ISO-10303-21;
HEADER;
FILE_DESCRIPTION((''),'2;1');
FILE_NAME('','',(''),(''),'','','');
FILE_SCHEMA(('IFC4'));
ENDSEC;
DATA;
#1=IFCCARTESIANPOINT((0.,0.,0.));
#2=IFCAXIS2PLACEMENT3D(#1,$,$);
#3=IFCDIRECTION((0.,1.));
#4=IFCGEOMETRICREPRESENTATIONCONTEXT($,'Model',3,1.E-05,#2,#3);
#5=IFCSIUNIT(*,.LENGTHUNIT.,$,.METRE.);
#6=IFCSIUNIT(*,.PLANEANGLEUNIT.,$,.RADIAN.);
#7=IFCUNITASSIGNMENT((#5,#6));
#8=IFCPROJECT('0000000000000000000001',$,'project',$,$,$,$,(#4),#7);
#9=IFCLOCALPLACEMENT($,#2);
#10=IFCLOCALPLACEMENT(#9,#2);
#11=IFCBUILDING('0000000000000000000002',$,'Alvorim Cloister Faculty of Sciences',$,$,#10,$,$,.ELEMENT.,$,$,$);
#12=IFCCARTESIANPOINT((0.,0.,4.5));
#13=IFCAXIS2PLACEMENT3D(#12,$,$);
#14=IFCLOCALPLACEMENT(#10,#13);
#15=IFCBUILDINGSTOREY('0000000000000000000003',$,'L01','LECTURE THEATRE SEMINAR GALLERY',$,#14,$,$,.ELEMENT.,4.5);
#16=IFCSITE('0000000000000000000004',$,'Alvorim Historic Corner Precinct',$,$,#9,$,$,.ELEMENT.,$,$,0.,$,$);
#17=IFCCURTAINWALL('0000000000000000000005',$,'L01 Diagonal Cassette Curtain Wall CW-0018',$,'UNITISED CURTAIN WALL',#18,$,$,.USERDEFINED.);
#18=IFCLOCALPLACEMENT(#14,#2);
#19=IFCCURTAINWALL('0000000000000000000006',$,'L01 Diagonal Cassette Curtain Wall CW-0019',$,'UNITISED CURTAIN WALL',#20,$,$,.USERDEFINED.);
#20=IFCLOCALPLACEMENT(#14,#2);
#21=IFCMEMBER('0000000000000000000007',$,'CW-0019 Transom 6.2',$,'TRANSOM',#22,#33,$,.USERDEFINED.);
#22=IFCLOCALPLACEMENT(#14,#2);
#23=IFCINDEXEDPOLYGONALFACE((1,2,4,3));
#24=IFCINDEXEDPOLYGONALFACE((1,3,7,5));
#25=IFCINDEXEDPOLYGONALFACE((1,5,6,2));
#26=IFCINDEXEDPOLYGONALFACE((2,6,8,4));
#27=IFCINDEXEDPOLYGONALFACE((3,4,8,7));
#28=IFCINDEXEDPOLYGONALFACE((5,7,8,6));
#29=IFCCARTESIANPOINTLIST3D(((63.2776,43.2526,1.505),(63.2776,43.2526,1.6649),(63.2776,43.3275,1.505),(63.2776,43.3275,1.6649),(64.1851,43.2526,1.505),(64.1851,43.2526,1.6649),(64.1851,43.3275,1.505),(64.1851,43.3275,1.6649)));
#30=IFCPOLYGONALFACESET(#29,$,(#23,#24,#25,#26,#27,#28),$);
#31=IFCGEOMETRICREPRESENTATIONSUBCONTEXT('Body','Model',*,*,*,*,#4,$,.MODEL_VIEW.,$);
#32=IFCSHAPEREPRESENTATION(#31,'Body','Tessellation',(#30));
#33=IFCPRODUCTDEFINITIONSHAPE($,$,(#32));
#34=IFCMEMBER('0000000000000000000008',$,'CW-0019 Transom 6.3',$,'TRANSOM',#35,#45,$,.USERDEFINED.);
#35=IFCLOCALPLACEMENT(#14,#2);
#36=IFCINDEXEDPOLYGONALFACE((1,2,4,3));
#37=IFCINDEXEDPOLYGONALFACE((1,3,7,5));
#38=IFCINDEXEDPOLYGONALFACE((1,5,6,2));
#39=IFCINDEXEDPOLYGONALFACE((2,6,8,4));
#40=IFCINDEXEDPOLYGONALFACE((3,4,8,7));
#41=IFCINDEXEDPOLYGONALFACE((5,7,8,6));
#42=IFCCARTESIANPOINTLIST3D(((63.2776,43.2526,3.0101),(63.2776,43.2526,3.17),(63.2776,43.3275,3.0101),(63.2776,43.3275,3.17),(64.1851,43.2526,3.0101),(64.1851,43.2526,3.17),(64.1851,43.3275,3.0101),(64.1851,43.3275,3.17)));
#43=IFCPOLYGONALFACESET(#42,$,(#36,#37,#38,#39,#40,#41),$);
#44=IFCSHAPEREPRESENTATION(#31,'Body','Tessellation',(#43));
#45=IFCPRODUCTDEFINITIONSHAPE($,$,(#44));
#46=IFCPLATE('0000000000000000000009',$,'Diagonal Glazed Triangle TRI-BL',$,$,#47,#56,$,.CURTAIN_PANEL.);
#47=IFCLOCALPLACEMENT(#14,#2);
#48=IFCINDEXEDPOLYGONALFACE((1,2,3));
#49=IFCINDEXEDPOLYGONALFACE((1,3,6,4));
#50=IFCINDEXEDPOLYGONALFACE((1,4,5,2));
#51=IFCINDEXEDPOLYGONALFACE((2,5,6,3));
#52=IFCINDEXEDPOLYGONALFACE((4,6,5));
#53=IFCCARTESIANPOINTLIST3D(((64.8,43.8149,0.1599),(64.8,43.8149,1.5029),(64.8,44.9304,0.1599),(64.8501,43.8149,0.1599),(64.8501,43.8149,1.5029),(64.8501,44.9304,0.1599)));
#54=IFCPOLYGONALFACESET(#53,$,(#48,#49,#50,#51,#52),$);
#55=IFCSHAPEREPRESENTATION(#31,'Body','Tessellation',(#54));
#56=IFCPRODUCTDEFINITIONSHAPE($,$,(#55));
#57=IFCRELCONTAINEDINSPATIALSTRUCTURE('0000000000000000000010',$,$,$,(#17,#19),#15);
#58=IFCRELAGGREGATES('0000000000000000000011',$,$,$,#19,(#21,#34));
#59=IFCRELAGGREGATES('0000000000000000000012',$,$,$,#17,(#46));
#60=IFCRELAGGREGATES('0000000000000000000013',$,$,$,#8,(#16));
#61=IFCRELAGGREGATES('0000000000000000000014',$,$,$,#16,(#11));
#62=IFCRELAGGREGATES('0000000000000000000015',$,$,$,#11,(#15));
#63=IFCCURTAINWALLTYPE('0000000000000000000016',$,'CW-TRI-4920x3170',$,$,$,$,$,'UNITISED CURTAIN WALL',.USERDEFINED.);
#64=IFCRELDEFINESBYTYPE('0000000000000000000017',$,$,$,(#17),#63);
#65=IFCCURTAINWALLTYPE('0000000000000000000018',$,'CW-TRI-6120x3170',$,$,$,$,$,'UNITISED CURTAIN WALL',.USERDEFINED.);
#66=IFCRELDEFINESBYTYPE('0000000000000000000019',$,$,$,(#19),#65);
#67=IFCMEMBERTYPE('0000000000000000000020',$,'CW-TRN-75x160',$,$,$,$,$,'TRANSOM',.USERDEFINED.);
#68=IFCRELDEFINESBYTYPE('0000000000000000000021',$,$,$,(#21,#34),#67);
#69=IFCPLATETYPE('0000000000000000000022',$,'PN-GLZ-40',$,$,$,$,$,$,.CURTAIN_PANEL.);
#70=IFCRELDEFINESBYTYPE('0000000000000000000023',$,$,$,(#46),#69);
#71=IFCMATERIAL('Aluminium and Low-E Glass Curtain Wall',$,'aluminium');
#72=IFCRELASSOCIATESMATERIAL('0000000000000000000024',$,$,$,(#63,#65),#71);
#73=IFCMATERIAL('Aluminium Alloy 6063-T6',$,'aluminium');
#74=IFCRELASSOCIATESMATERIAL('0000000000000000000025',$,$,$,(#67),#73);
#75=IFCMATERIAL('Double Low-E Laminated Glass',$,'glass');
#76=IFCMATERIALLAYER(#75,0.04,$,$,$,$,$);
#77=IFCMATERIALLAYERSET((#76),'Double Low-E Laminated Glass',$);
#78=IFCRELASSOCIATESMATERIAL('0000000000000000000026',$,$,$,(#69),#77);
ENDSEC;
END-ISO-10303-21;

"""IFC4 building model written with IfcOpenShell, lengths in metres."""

from ifc_helpers import new_model, si_unit, direction, frame, origin, origin_2d, place, context, subcontext, project, spatial, polyline, rectangle, outline, extrude, material, layer, layer_set, material_profile, profile_set, type_object, element, aggregate, save


model = new_model("IFC4")

# Units and contexts
model_context = context("Model", 3, precision=1e-05, world=origin(), true_north=direction((0.0, 1.0)))
body_context = subcontext(model_context, "Body", "Model", "MODEL_VIEW")
ifc_project = project(units=[si_unit("LENGTHUNIT", "METRE"), si_unit("PLANEANGLEUNIT", "RADIAN")], contexts=[model_context])

# Site, building, storey
site_placement = place(None, origin())
site = spatial("IfcSite", under=ifc_project, at=site_placement, Name="Alvorim Historic Corner Precinct", CompositionType="ELEMENT", RefElevation=0.0)
building_placement = place(site_placement, origin())
building = spatial("IfcBuilding", under=site, at=building_placement, Name="Alvorim Cloister Faculty of Sciences", CompositionType="ELEMENT")
storey_placement = place(building_placement, frame((0.0, 0.0, 4.5)))
storey = spatial("IfcBuildingStorey", under=building, at=storey_placement, Name="L01", Description="LECTURE THEATRE SEMINAR GALLERY", CompositionType="ELEMENT", Elevation=4.5)

# Curtain walls
ifc_material_1 = material(Name="Aluminium and Low-E Glass Curtain Wall", Category="aluminium")
curtain_wall_type_1 = type_object("IfcCurtainWallType", Name="CW-TRI-4920x3170", ElementType="UNITISED CURTAIN WALL", PredefinedType="USERDEFINED", material=ifc_material_1)
curtain_wall_1_placement = place(storey_placement, origin())
curtain_wall_1 = element("IfcCurtainWall", 1, at=curtain_wall_1_placement, inside=storey, type_object=curtain_wall_type_1, Name="L01 Diagonal Cassette Curtain Wall CW-0018", ObjectType="UNITISED CURTAIN WALL", PredefinedType="USERDEFINED")
ifc_material_2 = material(Name="Aluminium Alloy 6063-T6", Category="aluminium")
curtain_wall_type_2 = type_object("IfcCurtainWallType", Name="CW-TRI-6120x3170", ElementType="UNITISED CURTAIN WALL", PredefinedType="USERDEFINED", material=ifc_material_1)
curtain_wall_2_placement = place(storey_placement, origin())
curtain_wall_2 = element("IfcCurtainWall", 2, at=curtain_wall_2_placement, inside=storey, type_object=curtain_wall_type_2, Name="L01 Diagonal Cassette Curtain Wall CW-0019", ObjectType="UNITISED CURTAIN WALL", PredefinedType="USERDEFINED")

# Members
ifc_material_profile_1 = material_profile(ifc_material_2, rectangle(XDim=0.075, YDim=0.1599, at=origin_2d()), Name="ALU-TRN-75x160")
ifc_profile_set_1 = profile_set([ifc_material_profile_1], Name="Aluminium Alloy 6063-T6")
member_type_1 = type_object("IfcMemberType", Name="CW-TRN-75x160", ElementType="TRANSOM", PredefinedType="USERDEFINED", material=ifc_profile_set_1)
member_1_placement = place(storey_placement, frame((63.2776, 43.29, 1.585), z_axis=(1.0, 0.0, 0.0), x_axis=(0.0, 1.0, 0.0)))
member_1 = element("IfcMember", 3, at=member_1_placement, type_object=member_type_1, Name="CW-0019 Transom 6.2", ObjectType="TRANSOM", PredefinedType="USERDEFINED", context=body_context, shape_type="SweptSolid", body=[
    extrude(rectangle(XDim=0.075, YDim=0.1599, at=origin_2d()), origin(), (0.0, 0.0, 1.0), 0.9075),
])
member_2_placement = place(storey_placement, frame((63.2776, 43.29, 3.0901), z_axis=(1.0, 0.0, 0.0), x_axis=(0.0, 1.0, 0.0)))
member_2 = element("IfcMember", 4, at=member_2_placement, type_object=member_type_1, Name="CW-0019 Transom 6.3", ObjectType="TRANSOM", PredefinedType="USERDEFINED", context=body_context, shape_type="SweptSolid", body=[
    extrude(rectangle(XDim=0.075, YDim=0.1599, at=origin_2d()), origin(), (0.0, 0.0, 1.0), 0.9075),
])
aggregate(curtain_wall_2, [member_1, member_2])

# Plate
ifc_material_3 = material(Name="Double Low-E Laminated Glass", Category="glass")
ifc_layer = layer(ifc_material_3, 0.04)
ifc_layer_set = layer_set([ifc_layer], Name="Double Low-E Laminated Glass")
plate_type = type_object("IfcPlateType", Name="PN-GLZ-40", PredefinedType="CURTAIN_PANEL", material=ifc_layer_set)
plate_1_placement = place(storey_placement, frame((64.825, 43.8149, 0.1599), z_axis=(0.0, 0.0, 1.0), x_axis=(0.0, 1.0, 0.0)))
plate_1 = element("IfcPlate", 5, at=plate_1_placement, type_object=plate_type, Name="Diagonal Glazed Triangle TRI-BL", PredefinedType="CURTAIN_PANEL", context=body_context, shape_type="SweptSolid", body=[
    extrude(outline(polyline([(0.0, 0.0), (1.1155, 0.0), (0.0, 1.343), (0.0, 0.0)])), frame((0.0, 0.0249, 0.0), z_axis=(0.0, -1.0, 0.0), x_axis=(1.0, 0.0, 0.0)), (0.0, 0.0, 1.0), 0.05),
])
aggregate(curtain_wall_1, [plate_1])

save(model, "model.ifc")
